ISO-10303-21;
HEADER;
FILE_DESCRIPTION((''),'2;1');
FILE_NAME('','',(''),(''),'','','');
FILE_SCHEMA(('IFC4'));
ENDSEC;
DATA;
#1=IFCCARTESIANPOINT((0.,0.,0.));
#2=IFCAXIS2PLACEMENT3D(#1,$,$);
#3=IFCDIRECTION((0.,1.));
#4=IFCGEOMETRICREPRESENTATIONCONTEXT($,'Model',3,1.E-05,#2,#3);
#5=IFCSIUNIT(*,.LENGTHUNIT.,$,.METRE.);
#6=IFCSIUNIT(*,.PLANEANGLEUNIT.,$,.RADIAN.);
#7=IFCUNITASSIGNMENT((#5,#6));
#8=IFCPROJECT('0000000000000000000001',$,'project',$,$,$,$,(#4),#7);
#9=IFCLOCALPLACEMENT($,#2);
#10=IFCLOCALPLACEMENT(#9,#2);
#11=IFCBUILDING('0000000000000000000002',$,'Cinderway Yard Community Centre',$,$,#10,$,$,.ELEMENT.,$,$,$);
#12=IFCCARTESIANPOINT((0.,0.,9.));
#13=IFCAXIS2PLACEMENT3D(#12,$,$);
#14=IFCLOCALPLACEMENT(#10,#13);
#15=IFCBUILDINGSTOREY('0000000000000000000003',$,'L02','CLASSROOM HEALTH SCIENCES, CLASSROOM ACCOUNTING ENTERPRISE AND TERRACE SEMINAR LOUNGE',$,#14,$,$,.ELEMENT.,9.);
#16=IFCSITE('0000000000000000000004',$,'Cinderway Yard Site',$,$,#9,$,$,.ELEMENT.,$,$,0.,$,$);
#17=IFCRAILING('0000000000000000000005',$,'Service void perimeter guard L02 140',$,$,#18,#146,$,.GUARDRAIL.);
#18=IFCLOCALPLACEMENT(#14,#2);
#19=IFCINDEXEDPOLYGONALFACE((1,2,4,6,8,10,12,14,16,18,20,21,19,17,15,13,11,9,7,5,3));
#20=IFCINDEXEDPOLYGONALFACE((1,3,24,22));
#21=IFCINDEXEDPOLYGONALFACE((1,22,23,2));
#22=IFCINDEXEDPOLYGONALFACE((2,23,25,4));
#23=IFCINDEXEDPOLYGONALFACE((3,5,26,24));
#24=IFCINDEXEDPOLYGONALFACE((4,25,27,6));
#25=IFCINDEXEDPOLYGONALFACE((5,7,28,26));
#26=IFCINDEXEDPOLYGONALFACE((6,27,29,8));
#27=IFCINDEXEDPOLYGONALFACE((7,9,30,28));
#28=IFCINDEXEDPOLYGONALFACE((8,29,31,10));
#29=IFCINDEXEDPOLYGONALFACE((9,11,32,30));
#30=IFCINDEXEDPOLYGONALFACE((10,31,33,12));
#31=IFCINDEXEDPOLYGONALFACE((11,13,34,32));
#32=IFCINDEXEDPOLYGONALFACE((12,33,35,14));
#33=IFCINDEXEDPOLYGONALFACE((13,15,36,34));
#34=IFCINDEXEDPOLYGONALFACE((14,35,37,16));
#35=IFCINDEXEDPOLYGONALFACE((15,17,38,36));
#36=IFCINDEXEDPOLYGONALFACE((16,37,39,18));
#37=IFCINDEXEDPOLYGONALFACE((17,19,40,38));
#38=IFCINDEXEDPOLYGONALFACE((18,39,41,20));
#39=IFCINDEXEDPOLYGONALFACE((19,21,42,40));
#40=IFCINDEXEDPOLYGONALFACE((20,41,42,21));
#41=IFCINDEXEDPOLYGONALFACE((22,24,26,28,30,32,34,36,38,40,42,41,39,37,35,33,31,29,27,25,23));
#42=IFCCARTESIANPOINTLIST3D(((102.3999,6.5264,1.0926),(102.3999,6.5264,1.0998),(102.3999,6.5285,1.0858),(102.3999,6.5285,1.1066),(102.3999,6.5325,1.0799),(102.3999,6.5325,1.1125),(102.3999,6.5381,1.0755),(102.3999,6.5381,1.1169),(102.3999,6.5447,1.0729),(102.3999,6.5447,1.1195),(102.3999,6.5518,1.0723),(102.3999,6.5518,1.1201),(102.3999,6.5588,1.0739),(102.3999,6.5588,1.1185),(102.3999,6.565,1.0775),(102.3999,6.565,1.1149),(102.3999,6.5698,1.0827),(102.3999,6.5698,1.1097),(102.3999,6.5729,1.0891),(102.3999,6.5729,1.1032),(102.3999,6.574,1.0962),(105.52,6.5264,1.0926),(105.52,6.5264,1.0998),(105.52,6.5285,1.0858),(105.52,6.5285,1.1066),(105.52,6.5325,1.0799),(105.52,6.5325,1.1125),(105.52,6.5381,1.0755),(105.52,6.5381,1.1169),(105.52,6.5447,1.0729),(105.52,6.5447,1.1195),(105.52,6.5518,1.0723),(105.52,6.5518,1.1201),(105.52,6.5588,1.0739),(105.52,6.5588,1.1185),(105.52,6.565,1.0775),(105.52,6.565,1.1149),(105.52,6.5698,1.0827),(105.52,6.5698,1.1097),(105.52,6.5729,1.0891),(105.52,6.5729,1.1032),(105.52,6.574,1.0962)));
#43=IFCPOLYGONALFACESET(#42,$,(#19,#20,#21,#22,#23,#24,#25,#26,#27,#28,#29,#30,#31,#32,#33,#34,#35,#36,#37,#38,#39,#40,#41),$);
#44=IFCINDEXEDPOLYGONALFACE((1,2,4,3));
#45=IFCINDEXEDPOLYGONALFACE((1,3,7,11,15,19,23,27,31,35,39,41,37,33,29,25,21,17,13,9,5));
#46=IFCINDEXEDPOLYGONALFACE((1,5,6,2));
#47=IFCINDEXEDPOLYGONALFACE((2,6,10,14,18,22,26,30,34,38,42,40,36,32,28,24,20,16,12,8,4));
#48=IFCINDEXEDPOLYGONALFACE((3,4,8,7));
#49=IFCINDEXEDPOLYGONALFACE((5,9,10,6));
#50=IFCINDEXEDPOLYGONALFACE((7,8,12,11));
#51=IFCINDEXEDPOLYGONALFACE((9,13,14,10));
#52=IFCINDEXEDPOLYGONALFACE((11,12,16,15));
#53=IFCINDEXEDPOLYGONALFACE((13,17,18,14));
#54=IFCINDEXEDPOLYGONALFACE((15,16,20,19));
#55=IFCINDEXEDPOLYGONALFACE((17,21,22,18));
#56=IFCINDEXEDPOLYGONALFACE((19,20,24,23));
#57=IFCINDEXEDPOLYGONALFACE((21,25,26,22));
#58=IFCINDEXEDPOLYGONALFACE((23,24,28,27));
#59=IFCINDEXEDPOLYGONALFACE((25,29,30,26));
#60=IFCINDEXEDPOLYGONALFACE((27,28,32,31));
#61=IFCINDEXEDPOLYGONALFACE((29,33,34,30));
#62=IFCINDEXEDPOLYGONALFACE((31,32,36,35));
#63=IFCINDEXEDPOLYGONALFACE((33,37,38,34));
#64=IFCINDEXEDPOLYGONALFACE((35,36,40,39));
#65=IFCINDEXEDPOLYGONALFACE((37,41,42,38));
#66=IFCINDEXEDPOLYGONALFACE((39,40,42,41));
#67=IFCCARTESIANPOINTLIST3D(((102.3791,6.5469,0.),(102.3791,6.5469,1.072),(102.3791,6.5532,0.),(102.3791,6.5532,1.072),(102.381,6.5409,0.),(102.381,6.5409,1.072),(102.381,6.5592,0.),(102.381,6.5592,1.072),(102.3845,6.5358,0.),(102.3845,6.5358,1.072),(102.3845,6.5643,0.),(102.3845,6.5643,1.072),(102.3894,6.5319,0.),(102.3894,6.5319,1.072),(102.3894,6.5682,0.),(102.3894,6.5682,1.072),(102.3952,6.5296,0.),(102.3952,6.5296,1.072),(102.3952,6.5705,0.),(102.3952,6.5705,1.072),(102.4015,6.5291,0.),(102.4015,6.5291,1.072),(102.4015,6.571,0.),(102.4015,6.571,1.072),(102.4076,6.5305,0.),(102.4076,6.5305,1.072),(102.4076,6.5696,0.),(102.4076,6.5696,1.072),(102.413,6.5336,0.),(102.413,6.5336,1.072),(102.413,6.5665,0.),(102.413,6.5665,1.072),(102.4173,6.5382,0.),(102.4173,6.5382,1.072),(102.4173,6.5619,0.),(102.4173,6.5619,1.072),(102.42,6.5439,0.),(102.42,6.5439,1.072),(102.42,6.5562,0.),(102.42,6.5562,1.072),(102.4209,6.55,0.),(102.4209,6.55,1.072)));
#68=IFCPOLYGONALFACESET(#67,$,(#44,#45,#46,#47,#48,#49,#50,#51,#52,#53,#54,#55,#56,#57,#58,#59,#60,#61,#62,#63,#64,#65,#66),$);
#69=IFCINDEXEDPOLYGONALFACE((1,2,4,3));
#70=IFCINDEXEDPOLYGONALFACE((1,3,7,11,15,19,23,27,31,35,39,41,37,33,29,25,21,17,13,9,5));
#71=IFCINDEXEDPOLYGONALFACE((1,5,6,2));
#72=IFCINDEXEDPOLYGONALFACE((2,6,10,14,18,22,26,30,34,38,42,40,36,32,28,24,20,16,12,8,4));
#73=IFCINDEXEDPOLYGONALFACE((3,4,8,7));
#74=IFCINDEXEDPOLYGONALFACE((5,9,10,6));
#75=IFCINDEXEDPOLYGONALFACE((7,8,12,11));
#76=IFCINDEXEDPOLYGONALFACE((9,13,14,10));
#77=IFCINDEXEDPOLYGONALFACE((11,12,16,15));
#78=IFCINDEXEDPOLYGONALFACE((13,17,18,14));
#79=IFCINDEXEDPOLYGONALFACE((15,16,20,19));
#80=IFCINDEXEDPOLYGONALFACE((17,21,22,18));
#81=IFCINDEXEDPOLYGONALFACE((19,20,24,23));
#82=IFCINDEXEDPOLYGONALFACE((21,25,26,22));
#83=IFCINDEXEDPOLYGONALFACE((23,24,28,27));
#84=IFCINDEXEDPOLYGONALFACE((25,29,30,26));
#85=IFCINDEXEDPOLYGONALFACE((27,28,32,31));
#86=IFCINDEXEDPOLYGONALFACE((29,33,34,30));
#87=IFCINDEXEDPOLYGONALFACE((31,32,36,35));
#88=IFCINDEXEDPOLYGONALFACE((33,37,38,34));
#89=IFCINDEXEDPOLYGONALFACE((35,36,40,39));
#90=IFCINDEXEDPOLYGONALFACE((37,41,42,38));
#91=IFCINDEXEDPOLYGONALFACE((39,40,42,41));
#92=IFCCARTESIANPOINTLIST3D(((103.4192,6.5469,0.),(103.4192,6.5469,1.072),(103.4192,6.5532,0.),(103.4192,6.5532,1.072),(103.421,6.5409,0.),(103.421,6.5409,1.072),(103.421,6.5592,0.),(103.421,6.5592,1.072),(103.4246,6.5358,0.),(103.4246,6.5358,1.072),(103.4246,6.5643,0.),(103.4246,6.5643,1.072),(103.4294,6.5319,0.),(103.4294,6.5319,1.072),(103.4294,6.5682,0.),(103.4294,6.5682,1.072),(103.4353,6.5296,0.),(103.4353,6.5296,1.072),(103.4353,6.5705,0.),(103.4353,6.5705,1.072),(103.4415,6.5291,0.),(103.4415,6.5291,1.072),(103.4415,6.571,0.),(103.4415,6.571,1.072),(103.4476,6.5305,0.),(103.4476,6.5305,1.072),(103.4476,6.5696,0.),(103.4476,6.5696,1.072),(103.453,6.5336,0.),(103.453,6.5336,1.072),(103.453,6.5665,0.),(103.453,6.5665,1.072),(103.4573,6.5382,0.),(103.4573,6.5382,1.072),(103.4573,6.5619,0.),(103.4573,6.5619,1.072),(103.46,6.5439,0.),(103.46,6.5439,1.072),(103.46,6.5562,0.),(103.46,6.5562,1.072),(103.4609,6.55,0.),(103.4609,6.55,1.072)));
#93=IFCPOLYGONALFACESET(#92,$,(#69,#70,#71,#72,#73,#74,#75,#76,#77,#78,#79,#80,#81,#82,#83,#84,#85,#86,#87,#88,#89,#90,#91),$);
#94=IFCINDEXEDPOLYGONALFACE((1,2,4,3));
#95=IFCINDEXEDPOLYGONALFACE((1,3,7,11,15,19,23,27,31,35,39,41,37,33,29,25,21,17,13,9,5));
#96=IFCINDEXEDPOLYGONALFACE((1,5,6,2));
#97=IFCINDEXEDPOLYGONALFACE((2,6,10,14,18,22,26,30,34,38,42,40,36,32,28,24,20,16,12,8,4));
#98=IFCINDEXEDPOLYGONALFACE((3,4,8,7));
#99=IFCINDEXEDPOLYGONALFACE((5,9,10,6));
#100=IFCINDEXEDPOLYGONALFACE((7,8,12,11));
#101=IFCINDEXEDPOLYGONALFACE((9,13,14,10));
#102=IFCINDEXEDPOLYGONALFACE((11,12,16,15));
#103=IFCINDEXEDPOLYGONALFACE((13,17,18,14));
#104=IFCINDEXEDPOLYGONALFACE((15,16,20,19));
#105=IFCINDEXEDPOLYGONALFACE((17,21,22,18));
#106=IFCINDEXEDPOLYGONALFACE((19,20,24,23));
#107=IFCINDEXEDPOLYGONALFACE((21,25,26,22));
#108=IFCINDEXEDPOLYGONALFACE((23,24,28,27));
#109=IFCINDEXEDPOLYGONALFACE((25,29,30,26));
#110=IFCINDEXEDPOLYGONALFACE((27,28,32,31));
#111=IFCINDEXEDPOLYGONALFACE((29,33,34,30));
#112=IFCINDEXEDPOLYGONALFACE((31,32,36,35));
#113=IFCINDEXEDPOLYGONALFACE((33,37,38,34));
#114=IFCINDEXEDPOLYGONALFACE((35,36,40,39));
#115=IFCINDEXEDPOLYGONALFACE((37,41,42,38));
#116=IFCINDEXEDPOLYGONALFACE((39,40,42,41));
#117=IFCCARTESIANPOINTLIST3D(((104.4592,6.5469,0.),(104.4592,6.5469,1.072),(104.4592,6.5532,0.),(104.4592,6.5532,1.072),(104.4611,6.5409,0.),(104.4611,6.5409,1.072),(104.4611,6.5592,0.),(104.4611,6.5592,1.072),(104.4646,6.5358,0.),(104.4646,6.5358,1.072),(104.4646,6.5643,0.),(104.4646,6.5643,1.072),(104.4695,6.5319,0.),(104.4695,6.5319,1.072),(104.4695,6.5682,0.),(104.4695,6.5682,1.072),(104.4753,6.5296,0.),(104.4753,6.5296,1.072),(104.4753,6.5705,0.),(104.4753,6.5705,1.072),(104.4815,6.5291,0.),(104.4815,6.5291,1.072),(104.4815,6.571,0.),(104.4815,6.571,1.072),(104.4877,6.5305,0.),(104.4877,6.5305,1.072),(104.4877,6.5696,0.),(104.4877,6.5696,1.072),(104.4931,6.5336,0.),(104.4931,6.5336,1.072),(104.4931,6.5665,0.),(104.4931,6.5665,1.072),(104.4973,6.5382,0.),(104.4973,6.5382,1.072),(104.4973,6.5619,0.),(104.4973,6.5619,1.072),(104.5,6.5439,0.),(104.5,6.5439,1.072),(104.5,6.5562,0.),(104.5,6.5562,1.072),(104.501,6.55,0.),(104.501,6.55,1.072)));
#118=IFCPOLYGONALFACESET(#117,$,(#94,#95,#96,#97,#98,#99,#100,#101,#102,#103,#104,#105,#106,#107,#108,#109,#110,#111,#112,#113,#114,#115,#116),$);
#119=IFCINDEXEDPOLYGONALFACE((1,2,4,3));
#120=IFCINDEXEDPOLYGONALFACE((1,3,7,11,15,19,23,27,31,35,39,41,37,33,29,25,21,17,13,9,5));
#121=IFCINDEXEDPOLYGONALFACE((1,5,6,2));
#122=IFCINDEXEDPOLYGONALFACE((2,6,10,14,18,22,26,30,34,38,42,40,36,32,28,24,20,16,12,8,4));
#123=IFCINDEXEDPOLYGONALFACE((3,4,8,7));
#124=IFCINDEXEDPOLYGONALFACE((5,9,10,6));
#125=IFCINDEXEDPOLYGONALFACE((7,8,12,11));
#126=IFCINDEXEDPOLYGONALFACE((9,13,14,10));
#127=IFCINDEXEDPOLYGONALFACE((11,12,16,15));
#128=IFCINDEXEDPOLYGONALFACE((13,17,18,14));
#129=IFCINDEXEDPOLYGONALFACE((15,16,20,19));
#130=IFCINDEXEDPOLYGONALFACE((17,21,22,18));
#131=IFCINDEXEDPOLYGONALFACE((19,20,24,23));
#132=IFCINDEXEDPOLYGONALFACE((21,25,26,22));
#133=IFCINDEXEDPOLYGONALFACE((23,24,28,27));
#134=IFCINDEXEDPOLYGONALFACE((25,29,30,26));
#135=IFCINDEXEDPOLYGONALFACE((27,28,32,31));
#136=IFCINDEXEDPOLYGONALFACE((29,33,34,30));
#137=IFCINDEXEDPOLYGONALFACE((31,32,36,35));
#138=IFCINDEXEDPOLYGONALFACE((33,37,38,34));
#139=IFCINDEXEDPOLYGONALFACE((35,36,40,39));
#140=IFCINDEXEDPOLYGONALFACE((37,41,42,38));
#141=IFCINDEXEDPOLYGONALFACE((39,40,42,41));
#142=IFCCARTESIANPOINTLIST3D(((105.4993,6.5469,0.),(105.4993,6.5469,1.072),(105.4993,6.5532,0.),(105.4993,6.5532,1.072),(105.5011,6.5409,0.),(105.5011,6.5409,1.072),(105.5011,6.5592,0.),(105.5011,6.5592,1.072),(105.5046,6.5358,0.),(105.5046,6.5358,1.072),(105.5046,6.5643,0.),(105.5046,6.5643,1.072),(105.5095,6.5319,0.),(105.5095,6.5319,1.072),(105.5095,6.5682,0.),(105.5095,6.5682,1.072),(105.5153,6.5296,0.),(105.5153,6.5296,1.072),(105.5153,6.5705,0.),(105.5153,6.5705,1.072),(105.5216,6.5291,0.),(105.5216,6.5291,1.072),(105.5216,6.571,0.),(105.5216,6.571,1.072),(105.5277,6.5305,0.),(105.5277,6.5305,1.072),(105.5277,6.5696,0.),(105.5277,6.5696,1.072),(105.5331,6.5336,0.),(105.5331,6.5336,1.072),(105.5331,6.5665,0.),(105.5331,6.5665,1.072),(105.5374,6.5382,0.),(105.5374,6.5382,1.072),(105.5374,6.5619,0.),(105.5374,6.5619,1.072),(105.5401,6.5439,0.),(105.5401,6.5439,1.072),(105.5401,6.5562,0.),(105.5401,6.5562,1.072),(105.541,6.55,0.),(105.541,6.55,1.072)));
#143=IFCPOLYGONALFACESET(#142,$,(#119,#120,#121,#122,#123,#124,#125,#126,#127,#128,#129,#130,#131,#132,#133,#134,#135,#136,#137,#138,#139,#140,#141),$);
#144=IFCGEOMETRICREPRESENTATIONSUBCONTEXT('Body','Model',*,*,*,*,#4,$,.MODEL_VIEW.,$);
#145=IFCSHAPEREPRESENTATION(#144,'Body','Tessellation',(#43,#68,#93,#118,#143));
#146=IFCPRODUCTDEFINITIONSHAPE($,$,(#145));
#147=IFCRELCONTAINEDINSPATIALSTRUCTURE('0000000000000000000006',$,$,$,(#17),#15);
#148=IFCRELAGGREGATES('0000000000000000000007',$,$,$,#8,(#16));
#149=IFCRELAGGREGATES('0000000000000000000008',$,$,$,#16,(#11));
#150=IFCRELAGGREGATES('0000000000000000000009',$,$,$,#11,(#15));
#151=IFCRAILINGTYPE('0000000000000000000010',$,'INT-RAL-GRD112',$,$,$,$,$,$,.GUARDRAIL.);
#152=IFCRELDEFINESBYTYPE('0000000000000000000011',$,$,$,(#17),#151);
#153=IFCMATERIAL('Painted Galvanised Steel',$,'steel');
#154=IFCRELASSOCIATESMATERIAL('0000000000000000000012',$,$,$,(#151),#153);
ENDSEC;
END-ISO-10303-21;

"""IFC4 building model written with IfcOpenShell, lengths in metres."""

from ifc_helpers import new_model, si_unit, direction, frame, origin, origin_2d, place, context, subcontext, project, spatial, circle, extrude, material, type_object, element, save


model = new_model("IFC4")

# Units and contexts
model_context = context("Model", 3, precision=1e-05, world=origin(), true_north=direction((0.0, 1.0)))
body_context = subcontext(model_context, "Body", "Model", "MODEL_VIEW")
ifc_project = project(units=[si_unit("LENGTHUNIT", "METRE"), si_unit("PLANEANGLEUNIT", "RADIAN")], contexts=[model_context])

# Site, building, storey
site_placement = place(None, origin())
site = spatial("IfcSite", under=ifc_project, at=site_placement, Name="Cinderway Yard Site", CompositionType="ELEMENT", RefElevation=0.0)
building_placement = place(site_placement, origin())
building = spatial("IfcBuilding", under=site, at=building_placement, Name="Cinderway Yard Community Centre", CompositionType="ELEMENT")
storey_placement = place(building_placement, frame((0.0, 0.0, 9.0)))
storey = spatial("IfcBuildingStorey", under=building, at=storey_placement, Name="L02", Description="CLASSROOM HEALTH SCIENCES, CLASSROOM ACCOUNTING ENTERPRISE AND TERRACE SEMINAR LOUNGE", CompositionType="ELEMENT", Elevation=9.0)

# Shared definitions
ifc_material_1 = material(Name="Painted Galvanised Steel", Category="steel")

# Railing
railing_type = type_object("IfcRailingType", Name="INT-RAL-GRD112", PredefinedType="GUARDRAIL", material=ifc_material_1)
railing_1_placement = place(storey_placement, frame((102.3999, 6.55, 0.0)))
element("IfcRailing", 1, at=railing_1_placement, inside=storey, type_object=railing_type, Name="Service void perimeter guard L02 140", PredefinedType="GUARDRAIL", context=body_context, shape_type="SweptSolid", body=[
    extrude(circle(Radius=0.0239, at=origin_2d()), frame((0.0, 0.0, 1.0962), z_axis=(1.0, 0.0, 0.0), x_axis=(0.0, 1.0, 0.0)), (0.0, 0.0, 1.0), 3.1201),
    extrude(circle(Radius=0.021, at=origin_2d()), origin(), (0.0, 0.0, 1.0), 1.072),
    extrude(circle(Radius=0.021, at=origin_2d()), frame((1.04, 0.0, 0.0)), (0.0, 0.0, 1.0), 1.072),
    extrude(circle(Radius=0.021, at=origin_2d()), frame((2.0801, 0.0, 0.0)), (0.0, 0.0, 1.0), 1.072),
    extrude(circle(Radius=0.021, at=origin_2d()), frame((3.1201, 0.0, 0.0)), (0.0, 0.0, 1.0), 1.072),
])

save(model, "model.ifc")
